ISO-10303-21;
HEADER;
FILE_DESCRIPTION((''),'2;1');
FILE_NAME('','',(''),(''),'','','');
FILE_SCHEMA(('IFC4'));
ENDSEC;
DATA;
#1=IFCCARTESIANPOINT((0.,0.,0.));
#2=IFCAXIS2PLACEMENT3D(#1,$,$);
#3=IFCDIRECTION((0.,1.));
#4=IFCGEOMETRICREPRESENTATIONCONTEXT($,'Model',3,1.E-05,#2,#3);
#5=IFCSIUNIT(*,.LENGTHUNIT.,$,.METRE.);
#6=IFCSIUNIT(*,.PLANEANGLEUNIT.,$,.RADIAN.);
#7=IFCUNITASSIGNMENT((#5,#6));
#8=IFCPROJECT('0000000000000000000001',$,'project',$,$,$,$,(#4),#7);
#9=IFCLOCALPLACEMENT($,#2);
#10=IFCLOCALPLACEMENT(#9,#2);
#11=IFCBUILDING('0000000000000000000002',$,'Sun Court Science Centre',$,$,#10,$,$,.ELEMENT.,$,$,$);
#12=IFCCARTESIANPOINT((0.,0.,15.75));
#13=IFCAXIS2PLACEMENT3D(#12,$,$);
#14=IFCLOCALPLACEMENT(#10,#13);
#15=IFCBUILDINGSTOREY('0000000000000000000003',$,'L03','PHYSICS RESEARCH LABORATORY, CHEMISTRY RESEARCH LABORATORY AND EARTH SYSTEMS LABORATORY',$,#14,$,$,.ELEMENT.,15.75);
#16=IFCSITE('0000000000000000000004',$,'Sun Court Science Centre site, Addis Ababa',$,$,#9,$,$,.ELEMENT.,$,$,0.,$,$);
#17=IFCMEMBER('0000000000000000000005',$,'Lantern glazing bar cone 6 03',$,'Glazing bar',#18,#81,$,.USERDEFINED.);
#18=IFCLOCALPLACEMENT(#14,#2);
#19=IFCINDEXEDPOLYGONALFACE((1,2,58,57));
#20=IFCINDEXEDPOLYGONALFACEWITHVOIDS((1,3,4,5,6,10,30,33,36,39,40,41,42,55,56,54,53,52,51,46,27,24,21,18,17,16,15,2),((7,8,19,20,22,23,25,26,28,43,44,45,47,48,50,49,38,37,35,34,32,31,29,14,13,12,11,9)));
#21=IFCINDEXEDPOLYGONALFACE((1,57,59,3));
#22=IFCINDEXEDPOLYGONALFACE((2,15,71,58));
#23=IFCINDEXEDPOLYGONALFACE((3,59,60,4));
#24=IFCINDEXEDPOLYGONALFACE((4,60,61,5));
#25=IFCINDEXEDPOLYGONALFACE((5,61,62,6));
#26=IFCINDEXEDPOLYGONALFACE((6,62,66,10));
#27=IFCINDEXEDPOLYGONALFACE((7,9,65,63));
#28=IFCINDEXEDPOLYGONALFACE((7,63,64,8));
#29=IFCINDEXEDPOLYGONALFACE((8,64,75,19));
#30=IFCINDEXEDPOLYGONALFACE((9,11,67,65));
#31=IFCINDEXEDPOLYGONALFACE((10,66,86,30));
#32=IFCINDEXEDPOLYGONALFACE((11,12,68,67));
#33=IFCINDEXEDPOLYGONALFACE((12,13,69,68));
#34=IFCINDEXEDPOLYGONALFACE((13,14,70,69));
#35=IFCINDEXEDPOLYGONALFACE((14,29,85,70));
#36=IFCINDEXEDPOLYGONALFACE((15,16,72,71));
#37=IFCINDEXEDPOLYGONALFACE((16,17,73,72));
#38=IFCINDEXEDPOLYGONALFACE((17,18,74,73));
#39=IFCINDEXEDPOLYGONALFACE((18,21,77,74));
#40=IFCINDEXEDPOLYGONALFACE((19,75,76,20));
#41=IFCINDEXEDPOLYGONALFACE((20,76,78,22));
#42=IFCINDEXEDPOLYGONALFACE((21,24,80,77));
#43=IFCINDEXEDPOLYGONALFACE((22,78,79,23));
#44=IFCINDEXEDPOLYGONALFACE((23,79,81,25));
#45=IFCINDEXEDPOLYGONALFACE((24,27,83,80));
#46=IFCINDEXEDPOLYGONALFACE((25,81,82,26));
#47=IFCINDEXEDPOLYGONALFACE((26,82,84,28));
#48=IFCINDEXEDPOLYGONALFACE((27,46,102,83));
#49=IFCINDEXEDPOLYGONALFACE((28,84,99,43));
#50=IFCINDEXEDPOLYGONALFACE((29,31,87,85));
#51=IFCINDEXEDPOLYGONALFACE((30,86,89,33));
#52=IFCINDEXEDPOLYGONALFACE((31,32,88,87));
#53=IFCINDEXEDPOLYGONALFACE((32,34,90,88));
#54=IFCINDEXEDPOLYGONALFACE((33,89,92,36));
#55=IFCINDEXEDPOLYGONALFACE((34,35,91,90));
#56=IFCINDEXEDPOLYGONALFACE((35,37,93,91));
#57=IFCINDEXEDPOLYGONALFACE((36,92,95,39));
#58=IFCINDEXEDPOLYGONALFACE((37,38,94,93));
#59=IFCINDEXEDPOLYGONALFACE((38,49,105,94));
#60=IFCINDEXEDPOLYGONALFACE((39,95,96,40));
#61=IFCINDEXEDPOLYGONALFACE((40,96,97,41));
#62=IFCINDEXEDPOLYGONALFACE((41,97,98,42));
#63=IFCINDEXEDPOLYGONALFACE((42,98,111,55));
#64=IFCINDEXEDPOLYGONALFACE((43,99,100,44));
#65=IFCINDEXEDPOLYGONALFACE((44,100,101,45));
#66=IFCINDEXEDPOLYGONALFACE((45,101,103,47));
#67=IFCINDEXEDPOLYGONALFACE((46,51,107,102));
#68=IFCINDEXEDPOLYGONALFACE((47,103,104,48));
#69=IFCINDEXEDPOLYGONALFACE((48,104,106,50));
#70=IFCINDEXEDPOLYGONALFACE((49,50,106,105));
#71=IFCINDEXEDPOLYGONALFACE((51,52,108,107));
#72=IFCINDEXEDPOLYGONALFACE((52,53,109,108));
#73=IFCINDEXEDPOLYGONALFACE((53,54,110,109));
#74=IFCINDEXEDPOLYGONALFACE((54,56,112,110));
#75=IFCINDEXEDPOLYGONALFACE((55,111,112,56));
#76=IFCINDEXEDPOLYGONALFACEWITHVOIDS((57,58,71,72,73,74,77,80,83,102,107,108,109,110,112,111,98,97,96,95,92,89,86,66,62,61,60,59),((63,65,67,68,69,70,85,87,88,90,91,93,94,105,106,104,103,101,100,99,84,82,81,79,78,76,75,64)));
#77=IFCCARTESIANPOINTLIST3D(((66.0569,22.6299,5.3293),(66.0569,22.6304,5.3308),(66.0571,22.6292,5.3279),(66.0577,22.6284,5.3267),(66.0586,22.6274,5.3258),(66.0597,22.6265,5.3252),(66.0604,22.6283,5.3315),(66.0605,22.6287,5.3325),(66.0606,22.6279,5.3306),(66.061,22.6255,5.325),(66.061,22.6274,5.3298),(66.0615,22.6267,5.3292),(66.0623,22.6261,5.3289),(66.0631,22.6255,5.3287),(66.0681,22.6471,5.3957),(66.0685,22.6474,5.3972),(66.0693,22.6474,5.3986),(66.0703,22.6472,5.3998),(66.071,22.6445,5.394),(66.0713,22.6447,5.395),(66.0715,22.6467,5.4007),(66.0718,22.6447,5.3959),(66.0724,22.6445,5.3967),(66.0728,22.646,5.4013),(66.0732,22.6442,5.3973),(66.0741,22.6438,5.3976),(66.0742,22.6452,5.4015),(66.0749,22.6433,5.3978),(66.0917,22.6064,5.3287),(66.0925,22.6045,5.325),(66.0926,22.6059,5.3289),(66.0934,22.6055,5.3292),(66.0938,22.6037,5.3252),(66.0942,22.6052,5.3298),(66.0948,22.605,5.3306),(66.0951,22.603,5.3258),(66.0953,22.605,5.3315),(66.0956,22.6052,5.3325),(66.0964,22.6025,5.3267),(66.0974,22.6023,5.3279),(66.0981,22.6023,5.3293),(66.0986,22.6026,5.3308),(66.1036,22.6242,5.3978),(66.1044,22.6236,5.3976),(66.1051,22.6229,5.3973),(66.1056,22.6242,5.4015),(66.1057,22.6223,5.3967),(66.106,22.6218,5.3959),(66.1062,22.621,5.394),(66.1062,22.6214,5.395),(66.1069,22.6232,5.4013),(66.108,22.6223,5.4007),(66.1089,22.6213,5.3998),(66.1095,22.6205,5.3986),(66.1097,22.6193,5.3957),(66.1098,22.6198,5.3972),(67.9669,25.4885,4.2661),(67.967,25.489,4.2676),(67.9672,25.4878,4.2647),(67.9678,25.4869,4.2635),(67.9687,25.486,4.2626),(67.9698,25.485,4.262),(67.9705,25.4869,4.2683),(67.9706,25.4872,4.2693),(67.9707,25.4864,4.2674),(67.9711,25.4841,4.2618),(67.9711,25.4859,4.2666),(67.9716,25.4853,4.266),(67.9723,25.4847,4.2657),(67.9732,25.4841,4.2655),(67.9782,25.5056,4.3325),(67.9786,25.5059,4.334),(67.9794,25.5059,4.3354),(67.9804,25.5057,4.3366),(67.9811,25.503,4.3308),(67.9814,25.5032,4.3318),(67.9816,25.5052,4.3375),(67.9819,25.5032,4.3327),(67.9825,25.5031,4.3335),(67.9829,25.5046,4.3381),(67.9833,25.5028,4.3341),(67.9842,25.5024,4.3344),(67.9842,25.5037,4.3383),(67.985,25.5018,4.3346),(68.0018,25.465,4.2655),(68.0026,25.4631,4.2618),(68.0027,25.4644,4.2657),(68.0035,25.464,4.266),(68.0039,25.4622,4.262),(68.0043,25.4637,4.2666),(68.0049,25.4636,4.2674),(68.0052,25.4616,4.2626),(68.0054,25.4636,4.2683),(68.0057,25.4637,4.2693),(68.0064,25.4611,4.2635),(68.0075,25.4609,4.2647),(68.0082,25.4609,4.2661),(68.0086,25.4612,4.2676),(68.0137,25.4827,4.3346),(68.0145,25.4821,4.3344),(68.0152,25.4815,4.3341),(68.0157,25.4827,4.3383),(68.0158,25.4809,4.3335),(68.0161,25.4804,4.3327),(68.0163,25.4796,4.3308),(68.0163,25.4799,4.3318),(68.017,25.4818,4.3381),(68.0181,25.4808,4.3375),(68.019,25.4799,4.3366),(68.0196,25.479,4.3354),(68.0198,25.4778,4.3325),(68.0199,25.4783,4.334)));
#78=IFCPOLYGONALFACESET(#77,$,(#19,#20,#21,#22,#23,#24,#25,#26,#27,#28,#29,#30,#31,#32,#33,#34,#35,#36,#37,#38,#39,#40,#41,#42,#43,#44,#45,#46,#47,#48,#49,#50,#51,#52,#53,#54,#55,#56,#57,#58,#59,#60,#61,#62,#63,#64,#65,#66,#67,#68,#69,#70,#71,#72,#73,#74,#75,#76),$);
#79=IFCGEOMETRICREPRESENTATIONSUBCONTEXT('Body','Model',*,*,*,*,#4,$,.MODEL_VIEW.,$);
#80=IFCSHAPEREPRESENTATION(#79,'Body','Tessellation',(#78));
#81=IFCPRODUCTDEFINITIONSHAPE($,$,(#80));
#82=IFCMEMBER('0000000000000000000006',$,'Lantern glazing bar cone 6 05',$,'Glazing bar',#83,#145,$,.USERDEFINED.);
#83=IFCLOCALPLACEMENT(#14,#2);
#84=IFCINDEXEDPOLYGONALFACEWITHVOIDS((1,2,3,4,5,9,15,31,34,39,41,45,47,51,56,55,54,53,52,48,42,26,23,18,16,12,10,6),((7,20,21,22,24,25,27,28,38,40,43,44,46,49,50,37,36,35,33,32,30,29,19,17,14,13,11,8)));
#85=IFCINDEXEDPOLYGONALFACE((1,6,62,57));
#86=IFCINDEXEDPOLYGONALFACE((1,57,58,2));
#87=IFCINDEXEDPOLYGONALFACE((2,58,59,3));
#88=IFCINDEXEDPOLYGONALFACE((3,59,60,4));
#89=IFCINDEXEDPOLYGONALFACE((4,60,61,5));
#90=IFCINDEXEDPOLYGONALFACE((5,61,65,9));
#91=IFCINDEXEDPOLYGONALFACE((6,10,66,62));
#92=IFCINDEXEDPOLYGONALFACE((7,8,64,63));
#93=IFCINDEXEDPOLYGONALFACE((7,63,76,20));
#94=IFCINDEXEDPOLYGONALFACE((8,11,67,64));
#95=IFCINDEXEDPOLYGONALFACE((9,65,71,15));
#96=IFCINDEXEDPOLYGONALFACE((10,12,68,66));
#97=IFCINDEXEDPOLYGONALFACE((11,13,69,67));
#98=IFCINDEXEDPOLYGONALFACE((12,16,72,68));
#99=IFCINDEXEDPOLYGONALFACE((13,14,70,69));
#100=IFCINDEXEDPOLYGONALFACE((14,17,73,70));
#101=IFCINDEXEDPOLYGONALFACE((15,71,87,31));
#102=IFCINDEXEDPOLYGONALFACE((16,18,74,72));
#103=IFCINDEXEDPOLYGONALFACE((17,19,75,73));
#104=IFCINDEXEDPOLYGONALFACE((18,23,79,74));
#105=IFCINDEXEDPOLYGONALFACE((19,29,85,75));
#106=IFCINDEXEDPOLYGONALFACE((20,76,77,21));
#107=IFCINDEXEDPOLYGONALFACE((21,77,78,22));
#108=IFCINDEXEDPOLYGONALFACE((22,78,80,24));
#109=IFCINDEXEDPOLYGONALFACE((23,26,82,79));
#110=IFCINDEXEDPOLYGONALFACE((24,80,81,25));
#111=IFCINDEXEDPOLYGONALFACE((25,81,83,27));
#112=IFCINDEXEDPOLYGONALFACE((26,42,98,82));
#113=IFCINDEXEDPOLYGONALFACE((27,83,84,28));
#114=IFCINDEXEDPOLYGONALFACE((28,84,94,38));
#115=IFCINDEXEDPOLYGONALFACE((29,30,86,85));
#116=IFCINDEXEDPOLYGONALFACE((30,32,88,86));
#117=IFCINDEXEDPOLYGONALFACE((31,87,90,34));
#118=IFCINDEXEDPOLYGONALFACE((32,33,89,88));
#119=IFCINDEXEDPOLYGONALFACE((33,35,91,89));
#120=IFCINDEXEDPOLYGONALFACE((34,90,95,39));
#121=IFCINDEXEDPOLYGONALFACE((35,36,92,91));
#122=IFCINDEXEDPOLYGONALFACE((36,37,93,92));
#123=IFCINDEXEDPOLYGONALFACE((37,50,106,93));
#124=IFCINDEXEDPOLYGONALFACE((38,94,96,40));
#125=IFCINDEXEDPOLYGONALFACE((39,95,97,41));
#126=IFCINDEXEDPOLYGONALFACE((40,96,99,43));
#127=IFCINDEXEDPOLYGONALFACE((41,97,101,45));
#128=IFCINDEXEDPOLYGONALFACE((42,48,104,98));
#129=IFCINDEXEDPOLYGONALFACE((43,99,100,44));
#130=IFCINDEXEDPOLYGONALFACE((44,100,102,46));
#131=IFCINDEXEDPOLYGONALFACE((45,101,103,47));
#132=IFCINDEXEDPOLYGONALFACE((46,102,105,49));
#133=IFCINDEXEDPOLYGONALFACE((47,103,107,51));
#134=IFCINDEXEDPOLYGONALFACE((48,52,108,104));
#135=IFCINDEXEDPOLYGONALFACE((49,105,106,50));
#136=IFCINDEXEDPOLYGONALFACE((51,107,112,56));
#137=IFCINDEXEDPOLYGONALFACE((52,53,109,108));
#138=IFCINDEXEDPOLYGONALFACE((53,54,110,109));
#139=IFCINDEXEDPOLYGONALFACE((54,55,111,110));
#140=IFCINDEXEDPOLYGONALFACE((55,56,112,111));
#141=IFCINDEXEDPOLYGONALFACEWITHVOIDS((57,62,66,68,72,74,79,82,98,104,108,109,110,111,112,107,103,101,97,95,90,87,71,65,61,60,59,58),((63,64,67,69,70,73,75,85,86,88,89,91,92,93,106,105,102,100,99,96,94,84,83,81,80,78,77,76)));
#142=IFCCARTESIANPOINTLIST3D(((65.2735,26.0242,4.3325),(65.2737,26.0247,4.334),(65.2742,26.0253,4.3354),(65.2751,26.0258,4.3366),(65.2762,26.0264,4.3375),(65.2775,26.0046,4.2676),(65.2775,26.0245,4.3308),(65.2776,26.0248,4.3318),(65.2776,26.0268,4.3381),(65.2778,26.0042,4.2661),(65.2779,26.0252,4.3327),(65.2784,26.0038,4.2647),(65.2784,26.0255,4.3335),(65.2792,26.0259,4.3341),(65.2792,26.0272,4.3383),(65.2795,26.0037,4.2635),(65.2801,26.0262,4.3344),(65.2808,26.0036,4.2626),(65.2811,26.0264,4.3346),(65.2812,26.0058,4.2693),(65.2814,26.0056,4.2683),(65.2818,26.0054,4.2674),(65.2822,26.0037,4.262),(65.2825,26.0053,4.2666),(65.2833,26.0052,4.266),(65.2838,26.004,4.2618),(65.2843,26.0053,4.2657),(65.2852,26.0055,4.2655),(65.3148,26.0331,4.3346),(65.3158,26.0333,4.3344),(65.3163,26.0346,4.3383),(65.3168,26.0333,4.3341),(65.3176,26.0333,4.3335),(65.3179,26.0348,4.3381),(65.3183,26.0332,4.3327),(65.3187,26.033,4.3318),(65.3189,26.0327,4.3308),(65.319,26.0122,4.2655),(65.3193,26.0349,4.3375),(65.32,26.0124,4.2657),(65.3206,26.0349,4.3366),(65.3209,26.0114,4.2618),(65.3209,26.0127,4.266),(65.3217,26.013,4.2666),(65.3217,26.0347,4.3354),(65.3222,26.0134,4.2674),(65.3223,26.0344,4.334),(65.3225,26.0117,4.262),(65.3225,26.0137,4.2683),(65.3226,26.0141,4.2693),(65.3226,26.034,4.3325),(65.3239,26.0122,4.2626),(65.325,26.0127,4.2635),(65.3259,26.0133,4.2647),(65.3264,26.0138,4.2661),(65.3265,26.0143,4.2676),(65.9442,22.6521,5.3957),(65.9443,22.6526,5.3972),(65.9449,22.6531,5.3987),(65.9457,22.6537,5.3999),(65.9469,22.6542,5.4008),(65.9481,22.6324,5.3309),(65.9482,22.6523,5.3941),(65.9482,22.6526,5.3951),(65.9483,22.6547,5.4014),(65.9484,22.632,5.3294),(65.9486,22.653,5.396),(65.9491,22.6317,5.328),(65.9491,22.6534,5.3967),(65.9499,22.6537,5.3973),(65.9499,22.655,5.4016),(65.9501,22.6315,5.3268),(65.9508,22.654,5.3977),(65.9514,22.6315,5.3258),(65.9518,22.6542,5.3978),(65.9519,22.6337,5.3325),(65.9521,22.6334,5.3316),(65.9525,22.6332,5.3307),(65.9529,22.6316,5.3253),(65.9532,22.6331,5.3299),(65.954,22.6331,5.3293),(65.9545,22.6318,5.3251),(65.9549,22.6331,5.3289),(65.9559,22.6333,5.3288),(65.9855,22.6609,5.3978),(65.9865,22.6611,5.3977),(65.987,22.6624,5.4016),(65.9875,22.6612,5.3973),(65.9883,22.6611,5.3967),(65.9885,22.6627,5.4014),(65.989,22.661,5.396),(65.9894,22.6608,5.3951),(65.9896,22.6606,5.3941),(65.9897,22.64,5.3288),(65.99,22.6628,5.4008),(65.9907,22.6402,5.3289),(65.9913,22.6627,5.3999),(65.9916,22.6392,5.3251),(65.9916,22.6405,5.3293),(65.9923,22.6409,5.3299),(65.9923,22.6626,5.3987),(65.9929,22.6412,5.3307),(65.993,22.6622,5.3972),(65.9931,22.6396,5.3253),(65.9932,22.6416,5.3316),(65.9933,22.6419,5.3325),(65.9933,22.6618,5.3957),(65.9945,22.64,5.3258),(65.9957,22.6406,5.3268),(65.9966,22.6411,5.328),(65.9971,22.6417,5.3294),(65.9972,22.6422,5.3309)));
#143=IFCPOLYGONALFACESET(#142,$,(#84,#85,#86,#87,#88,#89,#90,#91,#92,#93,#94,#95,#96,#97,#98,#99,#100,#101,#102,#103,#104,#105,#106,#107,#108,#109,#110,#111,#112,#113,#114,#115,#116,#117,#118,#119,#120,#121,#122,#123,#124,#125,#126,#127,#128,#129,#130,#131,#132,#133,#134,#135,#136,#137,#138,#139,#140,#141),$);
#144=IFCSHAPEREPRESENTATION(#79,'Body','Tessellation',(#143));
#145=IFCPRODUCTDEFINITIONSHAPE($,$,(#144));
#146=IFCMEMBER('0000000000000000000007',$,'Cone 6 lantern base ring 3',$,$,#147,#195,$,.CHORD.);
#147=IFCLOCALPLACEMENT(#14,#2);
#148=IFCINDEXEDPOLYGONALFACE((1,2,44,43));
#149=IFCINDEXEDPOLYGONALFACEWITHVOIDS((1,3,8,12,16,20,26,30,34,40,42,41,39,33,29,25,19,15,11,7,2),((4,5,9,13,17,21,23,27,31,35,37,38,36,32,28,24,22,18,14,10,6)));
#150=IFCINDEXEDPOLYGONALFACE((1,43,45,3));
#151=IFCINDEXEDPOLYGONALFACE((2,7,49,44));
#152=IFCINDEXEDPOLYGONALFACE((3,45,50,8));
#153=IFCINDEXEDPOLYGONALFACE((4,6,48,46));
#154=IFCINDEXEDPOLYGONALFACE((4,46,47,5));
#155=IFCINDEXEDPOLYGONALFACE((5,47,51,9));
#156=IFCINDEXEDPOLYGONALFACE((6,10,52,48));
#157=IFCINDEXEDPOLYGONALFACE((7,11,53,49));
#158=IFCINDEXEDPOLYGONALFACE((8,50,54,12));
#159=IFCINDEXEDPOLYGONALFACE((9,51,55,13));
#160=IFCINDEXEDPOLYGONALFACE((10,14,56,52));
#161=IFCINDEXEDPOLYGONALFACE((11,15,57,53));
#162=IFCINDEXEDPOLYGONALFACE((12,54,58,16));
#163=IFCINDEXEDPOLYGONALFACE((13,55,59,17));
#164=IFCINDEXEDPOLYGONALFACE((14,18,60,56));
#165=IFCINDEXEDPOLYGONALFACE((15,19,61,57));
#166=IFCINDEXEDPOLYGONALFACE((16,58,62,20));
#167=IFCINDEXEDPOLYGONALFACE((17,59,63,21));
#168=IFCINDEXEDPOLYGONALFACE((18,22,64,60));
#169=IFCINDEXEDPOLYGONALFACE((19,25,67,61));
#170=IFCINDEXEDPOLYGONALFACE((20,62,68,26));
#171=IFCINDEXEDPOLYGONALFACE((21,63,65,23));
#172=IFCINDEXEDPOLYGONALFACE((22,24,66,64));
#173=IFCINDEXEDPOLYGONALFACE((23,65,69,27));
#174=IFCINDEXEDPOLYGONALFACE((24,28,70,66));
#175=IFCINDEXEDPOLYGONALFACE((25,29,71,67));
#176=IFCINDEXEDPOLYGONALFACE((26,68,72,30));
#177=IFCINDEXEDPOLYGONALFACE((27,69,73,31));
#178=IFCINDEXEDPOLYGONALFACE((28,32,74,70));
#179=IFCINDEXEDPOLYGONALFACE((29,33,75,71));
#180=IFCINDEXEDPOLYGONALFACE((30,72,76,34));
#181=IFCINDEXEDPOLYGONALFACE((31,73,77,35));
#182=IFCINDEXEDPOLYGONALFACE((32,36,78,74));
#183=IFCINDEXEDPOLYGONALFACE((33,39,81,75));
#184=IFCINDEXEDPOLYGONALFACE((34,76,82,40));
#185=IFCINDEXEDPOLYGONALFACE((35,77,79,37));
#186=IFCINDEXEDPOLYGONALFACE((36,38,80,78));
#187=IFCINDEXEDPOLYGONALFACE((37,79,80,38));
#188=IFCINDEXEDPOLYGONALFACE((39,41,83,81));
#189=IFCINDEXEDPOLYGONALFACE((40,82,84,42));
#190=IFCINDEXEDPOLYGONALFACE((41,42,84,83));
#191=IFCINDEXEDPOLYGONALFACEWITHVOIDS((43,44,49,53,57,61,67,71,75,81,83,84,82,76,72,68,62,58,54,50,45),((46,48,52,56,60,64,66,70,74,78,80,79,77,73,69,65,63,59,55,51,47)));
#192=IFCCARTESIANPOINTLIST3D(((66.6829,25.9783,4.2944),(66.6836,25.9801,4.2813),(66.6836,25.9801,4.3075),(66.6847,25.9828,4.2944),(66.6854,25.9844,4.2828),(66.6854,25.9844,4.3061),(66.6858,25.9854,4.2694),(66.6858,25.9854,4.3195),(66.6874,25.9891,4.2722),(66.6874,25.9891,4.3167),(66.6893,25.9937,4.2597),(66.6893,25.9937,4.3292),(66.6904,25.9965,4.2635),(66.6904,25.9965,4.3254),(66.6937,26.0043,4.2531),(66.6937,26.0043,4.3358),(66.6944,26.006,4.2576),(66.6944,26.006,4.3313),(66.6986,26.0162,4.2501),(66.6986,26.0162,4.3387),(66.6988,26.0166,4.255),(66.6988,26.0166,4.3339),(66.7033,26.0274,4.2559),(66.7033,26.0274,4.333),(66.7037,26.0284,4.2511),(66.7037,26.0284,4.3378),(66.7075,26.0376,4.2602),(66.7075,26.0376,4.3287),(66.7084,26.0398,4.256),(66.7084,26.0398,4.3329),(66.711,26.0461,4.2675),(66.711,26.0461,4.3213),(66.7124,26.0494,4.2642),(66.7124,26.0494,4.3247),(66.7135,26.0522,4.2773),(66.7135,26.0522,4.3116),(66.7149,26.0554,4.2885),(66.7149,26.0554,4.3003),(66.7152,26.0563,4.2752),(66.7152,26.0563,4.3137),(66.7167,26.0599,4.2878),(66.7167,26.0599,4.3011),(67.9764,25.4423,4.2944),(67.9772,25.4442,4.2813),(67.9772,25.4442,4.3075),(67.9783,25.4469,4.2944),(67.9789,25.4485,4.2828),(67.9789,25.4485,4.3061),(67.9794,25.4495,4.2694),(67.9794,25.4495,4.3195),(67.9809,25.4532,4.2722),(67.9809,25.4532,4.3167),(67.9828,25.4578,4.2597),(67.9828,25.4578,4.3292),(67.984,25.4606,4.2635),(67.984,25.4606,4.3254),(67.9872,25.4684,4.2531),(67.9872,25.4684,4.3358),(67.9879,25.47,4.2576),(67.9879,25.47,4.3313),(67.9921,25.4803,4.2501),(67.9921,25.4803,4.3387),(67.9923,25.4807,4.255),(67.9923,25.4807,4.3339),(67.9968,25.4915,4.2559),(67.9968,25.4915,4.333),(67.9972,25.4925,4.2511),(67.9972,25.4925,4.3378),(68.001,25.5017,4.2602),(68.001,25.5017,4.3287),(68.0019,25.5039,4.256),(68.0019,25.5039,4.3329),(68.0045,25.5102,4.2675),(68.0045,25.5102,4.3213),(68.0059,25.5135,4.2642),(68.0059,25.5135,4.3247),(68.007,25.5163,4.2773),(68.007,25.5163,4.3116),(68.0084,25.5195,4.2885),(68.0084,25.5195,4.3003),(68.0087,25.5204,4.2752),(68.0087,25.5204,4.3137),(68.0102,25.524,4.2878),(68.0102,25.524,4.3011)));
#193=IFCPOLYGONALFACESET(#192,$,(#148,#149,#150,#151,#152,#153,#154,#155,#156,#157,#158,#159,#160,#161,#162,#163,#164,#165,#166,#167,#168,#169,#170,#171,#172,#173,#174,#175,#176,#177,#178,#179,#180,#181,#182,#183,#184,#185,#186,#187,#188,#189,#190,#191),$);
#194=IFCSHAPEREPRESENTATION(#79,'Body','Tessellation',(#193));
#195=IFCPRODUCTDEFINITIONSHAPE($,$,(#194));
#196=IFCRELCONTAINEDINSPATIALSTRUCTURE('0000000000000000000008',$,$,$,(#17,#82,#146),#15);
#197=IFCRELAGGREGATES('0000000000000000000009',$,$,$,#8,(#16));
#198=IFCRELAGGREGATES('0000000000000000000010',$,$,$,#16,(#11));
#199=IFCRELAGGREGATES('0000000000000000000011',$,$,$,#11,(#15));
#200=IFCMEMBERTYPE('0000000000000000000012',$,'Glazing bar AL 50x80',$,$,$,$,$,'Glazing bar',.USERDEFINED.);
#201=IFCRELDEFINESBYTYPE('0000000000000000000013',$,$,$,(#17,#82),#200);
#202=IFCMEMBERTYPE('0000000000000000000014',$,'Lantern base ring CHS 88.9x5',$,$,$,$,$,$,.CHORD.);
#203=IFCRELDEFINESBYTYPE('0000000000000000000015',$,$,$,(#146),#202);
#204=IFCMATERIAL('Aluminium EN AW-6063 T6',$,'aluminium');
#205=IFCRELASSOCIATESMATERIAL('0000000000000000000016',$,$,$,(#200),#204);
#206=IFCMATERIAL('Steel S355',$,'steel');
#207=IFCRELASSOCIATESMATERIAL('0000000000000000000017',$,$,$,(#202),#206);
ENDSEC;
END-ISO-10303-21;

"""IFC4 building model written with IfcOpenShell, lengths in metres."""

from ifc_helpers import new_model, si_unit, direction, frame, origin, origin_2d, place, context, subcontext, project, spatial, hollow_rectangle, hollow_circle, extrude, material, material_profile, profile_set, type_object, element, save


model = new_model("IFC4")

# Units and contexts
model_context = context("Model", 3, precision=1e-05, world=origin(), true_north=direction((0.0, 1.0)))
body_context = subcontext(model_context, "Body", "Model", "MODEL_VIEW")
ifc_project = project(units=[si_unit("LENGTHUNIT", "METRE"), si_unit("PLANEANGLEUNIT", "RADIAN")], contexts=[model_context])

# Site, building, storey
site_placement = place(None, origin())
site = spatial("IfcSite", under=ifc_project, at=site_placement, Name="Sun Court Science Centre site, Addis Ababa", CompositionType="ELEMENT", RefElevation=0.0)
building_placement = place(site_placement, origin())
building = spatial("IfcBuilding", under=site, at=building_placement, Name="Sun Court Science Centre", CompositionType="ELEMENT")
storey_placement = place(building_placement, frame((0.0, 0.0, 15.75)))
storey = spatial("IfcBuildingStorey", under=building, at=storey_placement, Name="L03", Description="PHYSICS RESEARCH LABORATORY, CHEMISTRY RESEARCH LABORATORY AND EARTH SYSTEMS LABORATORY", CompositionType="ELEMENT", Elevation=15.75)

# Members
ifc_material_1 = material(Name="Aluminium EN AW-6063 T6", Category="aluminium")
ifc_material_profile_1 = material_profile(ifc_material_1, hollow_rectangle(XDim=0.05, YDim=0.0801, WallThickness=0.0039, InnerFilletRadius=0.0039, OuterFilletRadius=0.0061, at=origin_2d()), Name="AL 50x80x4")
ifc_profile_set_1 = profile_set([ifc_material_profile_1], Name="Aluminium EN AW-6063 T6")
member_type_1 = type_object("IfcMemberType", Name="Glazing bar AL 50x80", ElementType="Glazing bar", PredefinedType="USERDEFINED", material=ifc_profile_set_1)
member_1_placement = place(storey_placement, frame((67.9934, 25.4834, 4.3), z_axis=(-0.530783, -0.794343, 0.295445), x_axis=(0.83146, -0.555585, 0.0)))
element("IfcMember", 1, at=member_1_placement, inside=storey, type_object=member_type_1, Name="Lantern glazing bar cone 6 03", ObjectType="Glazing bar", PredefinedType="USERDEFINED", context=body_context, shape_type="SweptSolid", body=[
    extrude(hollow_rectangle(XDim=0.05, YDim=0.0801, WallThickness=0.0039, InnerFilletRadius=0.0039, OuterFilletRadius=0.0061, at=origin_2d()), origin(), (0.0, 0.0, 1.0), 3.5986),
])
member_2_placement = place(storey_placement, frame((65.3, 26.0193, 4.3), z_axis=(0.186357, -0.937008, 0.295444), x_axis=(0.98079, 0.195065, 0.0)))
element("IfcMember", 2, at=member_2_placement, inside=storey, type_object=member_type_1, Name="Lantern glazing bar cone 6 05", ObjectType="Glazing bar", PredefinedType="USERDEFINED", context=body_context, shape_type="SweptSolid", body=[
    extrude(hollow_rectangle(XDim=0.05, YDim=0.0801, WallThickness=0.0039, InnerFilletRadius=0.0039, OuterFilletRadius=0.0061, at=origin_2d()), origin(), (0.0, 0.0, 1.0), 3.5989),
])
ifc_material_2 = material(Name="Steel S355", Category="steel")
ifc_material_profile_2 = material_profile(ifc_material_2, hollow_circle(Radius=0.0444, WallThickness=0.0049, at=origin_2d()), Name="CHS 88.9x5")
ifc_profile_set_2 = profile_set([ifc_material_profile_2], Name="Steel S355")
member_type_2 = type_object("IfcMemberType", Name="Lantern base ring CHS 88.9x5", PredefinedType="CHORD", material=ifc_profile_set_2)
member_3_placement = place(storey_placement, frame((67.9934, 25.4834, 4.2944), z_axis=(-0.923849, 0.382757, 0.0), x_axis=(-0.382757, -0.923849, 0.0)))
element("IfcMember", 3, at=member_3_placement, inside=storey, type_object=member_type_2, Name="Cone 6 lantern base ring 3", PredefinedType="CHORD", context=body_context, shape_type="SweptSolid", body=[
    extrude(hollow_circle(Radius=0.0444, WallThickness=0.0049, at=origin_2d()), origin(), (0.0, 0.0, 1.0), 1.4001),
])

save(model, "model.ifc")
